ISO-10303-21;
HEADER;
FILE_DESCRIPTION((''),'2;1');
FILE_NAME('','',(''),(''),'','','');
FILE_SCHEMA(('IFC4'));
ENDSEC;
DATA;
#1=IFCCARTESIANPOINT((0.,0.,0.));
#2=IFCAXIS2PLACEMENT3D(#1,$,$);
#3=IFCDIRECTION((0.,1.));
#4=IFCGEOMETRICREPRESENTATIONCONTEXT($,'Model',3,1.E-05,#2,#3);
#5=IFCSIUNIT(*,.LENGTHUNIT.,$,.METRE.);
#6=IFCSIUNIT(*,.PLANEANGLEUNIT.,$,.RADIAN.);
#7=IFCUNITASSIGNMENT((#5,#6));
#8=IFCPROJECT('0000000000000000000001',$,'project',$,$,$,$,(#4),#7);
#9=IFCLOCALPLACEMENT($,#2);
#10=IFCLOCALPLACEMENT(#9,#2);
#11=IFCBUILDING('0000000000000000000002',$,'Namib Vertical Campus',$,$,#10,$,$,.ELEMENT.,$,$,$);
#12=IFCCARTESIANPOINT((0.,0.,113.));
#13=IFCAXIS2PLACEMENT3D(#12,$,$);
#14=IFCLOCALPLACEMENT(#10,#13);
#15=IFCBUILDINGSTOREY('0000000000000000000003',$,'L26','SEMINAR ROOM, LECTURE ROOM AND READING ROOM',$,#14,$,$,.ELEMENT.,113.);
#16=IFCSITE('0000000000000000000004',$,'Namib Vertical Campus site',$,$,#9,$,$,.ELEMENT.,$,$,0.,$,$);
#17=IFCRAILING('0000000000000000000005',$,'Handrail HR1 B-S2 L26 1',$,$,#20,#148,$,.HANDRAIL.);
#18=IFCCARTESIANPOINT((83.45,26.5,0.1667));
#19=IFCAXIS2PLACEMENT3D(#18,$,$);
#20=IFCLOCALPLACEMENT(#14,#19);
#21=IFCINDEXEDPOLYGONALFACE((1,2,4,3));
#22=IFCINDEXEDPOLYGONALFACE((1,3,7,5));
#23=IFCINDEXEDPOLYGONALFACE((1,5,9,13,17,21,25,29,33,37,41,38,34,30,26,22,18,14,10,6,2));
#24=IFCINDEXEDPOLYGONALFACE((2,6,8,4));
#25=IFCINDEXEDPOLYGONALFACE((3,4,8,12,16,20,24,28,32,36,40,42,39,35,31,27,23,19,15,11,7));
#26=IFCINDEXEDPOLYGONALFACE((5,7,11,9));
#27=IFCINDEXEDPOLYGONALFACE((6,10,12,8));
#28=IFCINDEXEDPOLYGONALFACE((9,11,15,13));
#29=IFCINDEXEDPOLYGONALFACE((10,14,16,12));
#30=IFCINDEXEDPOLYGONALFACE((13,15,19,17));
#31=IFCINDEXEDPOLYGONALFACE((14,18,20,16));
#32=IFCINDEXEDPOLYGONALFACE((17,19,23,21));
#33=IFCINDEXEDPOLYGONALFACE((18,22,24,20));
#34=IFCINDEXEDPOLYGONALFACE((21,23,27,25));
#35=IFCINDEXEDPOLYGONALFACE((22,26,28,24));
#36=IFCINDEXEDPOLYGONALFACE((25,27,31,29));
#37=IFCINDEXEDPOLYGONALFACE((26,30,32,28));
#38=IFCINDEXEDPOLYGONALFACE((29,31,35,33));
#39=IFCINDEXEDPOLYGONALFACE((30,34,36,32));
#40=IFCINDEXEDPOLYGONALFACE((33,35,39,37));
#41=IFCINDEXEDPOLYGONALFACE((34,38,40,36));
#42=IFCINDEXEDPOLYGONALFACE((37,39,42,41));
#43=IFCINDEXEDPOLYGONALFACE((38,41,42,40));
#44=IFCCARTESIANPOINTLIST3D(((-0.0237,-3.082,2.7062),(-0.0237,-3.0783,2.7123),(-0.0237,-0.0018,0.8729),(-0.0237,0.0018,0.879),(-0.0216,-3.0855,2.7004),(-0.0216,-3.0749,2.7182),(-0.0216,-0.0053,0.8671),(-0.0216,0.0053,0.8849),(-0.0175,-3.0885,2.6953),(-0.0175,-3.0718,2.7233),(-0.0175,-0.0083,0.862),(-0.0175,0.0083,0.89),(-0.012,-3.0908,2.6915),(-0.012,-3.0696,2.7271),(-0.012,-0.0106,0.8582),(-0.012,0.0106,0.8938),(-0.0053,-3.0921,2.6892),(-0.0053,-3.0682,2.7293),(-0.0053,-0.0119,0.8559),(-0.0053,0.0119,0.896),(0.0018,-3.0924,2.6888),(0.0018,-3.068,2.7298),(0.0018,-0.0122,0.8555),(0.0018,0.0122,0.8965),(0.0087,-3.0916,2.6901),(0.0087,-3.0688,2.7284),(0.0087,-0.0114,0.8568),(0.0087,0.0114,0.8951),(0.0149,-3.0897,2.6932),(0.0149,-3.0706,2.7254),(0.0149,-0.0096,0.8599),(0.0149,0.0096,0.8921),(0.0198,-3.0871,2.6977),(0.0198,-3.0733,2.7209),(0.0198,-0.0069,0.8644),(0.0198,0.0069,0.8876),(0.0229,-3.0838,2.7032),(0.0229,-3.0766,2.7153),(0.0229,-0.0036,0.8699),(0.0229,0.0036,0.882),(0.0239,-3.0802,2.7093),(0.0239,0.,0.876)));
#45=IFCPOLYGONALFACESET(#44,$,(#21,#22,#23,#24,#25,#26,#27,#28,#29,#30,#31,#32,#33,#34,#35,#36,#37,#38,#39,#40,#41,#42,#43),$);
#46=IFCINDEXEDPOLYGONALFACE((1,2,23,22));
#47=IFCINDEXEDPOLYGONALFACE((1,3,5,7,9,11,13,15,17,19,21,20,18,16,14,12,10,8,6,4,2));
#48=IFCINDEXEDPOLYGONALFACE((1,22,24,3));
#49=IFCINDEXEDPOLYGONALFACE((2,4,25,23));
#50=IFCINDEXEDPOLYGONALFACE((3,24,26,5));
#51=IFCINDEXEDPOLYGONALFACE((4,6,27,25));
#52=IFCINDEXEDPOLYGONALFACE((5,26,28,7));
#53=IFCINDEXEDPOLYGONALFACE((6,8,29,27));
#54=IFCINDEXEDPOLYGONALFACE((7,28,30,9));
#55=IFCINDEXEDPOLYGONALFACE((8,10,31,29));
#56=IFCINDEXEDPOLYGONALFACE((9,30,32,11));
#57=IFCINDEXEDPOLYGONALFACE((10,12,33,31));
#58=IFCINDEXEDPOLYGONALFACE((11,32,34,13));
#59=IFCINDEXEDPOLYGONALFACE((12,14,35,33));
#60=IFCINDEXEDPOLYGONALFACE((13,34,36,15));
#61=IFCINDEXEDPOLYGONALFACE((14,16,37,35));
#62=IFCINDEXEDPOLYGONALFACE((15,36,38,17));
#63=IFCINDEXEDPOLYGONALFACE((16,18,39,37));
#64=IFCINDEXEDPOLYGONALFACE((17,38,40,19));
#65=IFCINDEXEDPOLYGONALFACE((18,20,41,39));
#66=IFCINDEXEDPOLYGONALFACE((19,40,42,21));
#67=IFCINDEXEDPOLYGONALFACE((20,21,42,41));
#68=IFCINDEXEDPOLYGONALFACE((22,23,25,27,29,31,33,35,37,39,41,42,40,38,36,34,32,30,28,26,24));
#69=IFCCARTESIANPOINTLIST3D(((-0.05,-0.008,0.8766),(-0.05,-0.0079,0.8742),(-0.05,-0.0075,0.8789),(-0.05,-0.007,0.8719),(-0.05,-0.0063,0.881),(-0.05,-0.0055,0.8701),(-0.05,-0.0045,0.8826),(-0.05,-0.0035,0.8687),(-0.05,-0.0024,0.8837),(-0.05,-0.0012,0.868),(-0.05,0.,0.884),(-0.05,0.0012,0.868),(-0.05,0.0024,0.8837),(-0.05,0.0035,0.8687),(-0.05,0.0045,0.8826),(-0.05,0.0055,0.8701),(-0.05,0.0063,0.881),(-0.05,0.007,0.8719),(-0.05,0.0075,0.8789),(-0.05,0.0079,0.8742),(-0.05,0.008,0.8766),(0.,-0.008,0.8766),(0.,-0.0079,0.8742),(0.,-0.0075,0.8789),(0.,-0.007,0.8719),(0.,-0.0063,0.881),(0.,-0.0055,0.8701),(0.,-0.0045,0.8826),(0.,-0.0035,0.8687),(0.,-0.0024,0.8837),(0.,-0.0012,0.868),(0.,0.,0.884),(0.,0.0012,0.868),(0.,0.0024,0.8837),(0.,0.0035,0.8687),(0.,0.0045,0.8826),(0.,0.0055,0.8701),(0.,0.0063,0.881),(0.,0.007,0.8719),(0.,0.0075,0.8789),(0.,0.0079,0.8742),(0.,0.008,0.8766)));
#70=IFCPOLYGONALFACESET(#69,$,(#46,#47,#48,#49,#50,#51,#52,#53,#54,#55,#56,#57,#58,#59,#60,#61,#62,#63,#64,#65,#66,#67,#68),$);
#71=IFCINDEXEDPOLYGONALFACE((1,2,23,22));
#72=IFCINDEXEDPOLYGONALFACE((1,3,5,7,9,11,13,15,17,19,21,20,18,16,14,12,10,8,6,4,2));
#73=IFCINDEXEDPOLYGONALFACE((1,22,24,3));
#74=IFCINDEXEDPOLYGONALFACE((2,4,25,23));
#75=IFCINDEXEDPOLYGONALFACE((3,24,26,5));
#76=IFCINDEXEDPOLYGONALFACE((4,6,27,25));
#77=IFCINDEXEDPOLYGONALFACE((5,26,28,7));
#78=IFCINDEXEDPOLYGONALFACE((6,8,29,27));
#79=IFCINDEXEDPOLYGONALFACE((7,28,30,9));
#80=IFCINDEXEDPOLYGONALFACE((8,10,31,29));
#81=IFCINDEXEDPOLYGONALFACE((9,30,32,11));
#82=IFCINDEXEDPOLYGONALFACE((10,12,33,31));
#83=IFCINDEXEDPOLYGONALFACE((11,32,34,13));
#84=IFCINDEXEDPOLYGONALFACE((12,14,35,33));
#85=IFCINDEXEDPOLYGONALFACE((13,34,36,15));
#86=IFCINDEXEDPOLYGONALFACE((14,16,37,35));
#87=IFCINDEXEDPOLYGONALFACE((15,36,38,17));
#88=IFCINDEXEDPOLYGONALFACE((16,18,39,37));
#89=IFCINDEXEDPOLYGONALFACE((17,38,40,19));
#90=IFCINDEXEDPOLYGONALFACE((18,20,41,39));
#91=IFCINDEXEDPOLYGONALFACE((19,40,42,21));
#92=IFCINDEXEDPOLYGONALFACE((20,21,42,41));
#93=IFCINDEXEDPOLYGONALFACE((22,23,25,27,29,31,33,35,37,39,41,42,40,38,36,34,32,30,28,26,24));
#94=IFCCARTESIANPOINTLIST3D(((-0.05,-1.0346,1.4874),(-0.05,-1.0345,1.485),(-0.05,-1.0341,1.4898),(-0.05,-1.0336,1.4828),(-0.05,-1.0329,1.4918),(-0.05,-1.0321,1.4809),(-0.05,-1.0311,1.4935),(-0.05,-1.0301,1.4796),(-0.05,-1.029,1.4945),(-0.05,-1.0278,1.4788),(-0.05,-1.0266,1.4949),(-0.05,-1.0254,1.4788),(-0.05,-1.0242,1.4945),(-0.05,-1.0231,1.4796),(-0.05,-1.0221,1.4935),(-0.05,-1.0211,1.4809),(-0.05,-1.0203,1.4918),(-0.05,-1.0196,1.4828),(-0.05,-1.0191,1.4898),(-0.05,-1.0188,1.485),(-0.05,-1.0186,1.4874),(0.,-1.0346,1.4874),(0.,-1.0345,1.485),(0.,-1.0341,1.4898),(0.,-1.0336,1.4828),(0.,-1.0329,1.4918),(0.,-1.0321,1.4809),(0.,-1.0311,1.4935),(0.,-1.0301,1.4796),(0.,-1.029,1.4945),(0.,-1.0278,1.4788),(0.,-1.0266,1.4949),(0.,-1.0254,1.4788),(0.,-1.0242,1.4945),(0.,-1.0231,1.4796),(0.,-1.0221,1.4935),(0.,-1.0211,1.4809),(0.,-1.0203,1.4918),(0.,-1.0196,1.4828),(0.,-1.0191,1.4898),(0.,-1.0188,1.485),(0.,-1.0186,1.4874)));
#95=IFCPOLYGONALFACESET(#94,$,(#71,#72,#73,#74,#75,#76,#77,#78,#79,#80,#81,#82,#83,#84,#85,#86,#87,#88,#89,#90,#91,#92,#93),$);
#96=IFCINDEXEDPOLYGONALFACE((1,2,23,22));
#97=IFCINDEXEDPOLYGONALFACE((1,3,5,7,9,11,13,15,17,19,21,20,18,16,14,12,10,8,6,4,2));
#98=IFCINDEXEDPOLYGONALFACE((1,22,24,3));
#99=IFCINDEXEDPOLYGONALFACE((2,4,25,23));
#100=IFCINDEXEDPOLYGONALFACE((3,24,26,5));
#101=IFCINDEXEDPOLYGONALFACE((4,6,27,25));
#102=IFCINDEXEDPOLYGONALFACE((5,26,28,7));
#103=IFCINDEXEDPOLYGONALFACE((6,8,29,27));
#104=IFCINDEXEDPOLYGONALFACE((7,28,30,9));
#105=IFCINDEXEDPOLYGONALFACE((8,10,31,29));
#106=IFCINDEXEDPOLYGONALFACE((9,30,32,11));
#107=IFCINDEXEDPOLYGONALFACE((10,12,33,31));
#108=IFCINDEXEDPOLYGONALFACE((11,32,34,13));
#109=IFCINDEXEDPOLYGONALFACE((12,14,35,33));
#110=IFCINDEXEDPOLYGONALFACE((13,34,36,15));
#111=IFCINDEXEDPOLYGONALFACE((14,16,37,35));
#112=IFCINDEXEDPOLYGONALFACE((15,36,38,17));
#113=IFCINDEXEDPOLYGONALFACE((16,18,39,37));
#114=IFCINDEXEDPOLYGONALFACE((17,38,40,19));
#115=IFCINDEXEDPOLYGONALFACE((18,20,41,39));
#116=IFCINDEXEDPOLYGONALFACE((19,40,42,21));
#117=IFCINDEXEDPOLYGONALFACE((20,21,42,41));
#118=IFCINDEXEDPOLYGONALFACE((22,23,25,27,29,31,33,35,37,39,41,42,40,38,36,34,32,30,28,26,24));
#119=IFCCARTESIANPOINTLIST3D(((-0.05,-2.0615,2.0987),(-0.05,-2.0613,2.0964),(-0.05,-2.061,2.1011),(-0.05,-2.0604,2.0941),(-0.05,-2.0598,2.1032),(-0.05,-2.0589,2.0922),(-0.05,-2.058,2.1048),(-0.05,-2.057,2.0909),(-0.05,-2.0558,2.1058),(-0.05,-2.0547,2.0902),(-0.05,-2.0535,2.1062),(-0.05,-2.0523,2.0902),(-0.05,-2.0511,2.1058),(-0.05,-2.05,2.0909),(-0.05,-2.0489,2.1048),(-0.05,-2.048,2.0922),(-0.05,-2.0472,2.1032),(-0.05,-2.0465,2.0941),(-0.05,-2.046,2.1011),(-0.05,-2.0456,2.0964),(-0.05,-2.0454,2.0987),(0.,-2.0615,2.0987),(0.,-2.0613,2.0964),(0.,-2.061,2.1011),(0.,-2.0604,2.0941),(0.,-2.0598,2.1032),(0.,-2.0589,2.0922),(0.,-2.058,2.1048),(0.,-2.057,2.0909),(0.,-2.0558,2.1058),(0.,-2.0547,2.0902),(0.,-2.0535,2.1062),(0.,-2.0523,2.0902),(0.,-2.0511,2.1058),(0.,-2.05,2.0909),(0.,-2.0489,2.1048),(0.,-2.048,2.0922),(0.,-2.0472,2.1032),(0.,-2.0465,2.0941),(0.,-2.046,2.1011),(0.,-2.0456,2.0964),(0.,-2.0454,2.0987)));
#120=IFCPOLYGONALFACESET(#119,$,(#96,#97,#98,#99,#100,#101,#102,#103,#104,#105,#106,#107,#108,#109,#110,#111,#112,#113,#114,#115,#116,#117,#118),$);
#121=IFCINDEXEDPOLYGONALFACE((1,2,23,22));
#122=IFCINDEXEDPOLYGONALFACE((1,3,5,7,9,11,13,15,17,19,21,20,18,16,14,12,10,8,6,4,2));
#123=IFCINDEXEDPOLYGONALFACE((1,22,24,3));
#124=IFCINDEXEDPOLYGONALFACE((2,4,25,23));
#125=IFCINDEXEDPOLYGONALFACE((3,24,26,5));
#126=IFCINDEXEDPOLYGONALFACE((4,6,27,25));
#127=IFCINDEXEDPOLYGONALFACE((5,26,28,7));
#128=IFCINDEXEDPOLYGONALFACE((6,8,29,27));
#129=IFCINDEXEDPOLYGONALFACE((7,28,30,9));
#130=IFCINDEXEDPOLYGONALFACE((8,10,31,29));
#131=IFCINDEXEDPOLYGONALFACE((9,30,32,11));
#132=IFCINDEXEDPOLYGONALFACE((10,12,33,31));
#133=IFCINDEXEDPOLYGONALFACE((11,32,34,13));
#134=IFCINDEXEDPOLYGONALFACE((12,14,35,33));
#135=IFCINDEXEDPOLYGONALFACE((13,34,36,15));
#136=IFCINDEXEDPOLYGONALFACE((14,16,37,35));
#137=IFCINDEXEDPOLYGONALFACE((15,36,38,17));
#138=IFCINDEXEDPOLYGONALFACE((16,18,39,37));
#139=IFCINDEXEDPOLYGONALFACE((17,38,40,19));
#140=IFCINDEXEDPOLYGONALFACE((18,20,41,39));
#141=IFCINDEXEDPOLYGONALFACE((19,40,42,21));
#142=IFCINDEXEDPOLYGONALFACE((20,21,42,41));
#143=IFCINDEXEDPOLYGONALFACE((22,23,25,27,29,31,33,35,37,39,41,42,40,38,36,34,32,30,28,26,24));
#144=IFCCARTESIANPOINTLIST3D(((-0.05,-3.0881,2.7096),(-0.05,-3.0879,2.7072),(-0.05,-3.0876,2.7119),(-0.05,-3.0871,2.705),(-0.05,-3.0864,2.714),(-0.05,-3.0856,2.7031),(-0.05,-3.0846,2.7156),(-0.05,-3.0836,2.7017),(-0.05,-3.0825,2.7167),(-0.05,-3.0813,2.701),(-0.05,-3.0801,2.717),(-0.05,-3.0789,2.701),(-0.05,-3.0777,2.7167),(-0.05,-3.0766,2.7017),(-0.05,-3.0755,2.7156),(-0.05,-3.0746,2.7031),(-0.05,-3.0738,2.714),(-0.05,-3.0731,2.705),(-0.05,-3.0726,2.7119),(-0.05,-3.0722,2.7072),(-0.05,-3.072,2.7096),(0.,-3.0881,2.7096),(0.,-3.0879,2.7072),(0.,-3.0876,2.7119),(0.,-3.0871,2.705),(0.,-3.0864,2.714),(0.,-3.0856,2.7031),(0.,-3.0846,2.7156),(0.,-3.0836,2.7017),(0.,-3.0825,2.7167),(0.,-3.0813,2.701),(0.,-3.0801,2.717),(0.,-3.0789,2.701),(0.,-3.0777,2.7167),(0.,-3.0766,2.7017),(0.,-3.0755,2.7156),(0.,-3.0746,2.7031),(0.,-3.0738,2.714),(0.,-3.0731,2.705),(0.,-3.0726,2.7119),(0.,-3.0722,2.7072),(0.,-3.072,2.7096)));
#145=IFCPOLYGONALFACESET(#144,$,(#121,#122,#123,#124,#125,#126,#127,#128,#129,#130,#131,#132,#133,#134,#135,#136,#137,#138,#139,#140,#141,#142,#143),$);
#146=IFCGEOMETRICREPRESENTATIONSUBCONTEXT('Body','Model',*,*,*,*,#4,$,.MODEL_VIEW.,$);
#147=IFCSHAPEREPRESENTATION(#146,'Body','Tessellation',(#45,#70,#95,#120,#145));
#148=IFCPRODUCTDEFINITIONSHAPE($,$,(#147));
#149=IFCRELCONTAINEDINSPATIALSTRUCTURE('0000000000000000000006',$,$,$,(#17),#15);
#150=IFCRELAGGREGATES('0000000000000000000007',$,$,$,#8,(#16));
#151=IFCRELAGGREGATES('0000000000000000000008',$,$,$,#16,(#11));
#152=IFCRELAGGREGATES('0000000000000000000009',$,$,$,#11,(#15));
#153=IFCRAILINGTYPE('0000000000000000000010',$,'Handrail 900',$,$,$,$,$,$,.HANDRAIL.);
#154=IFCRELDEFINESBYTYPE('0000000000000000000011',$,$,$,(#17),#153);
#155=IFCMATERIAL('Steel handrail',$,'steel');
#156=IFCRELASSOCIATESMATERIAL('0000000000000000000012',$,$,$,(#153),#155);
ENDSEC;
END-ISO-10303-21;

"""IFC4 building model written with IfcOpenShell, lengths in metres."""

from ifc_helpers import new_model, si_unit, direction, frame, origin, origin_2d, place, context, subcontext, project, spatial, circle, extrude, material, type_object, element, save


model = new_model("IFC4")

# Units and contexts
model_context = context("Model", 3, precision=1e-05, world=origin(), true_north=direction((0.0, 1.0)))
body_context = subcontext(model_context, "Body", "Model", "MODEL_VIEW")
ifc_project = project(units=[si_unit("LENGTHUNIT", "METRE"), si_unit("PLANEANGLEUNIT", "RADIAN")], contexts=[model_context])

# Site, building, storey
site_placement = place(None, origin())
site = spatial("IfcSite", under=ifc_project, at=site_placement, Name="Namib Vertical Campus site", CompositionType="ELEMENT", RefElevation=0.0)
building_placement = place(site_placement, origin())
building = spatial("IfcBuilding", under=site, at=building_placement, Name="Namib Vertical Campus", CompositionType="ELEMENT")
storey_placement = place(building_placement, frame((0.0, 0.0, 113.0)))
storey = spatial("IfcBuildingStorey", under=building, at=storey_placement, Name="L26", Description="SEMINAR ROOM, LECTURE ROOM AND READING ROOM", CompositionType="ELEMENT", Elevation=113.0)

# Railing
ifc_material_1 = material(Name="Steel handrail", Category="steel")
railing_type_1 = type_object("IfcRailingType", Name="Handrail 900", PredefinedType="HANDRAIL", material=ifc_material_1)
railing_1_placement = place(storey_placement, frame((83.45, 26.5, 0.1667)))
element("IfcRailing", 1, at=railing_1_placement, inside=storey, type_object=railing_type_1, Name="Handrail HR1 B-S2 L26 1", PredefinedType="HANDRAIL", context=body_context, shape_type="SweptSolid", body=[
    extrude(circle(Radius=0.0239, at=origin_2d()), frame((0.0, 0.0, 0.876), z_axis=(0.0, -0.859309, 0.511458), x_axis=(1.0, 0.0, 0.0)), (0.0, 0.0, 1.0), 3.5845),
    extrude(circle(Radius=0.0081, at=origin_2d()), frame((0.0, 0.0, 0.876), z_axis=(-1.0, 0.0, 0.0), x_axis=(0.0, 0.0, 1.0)), (0.0, 0.0, 1.0), 0.05),
    extrude(circle(Radius=0.0081, at=origin_2d()), frame((0.0, -1.0266, 1.4868), z_axis=(-1.0, 0.0, 0.0), x_axis=(0.0, 0.0, 1.0)), (0.0, 0.0, 1.0), 0.05),
    extrude(circle(Radius=0.0081, at=origin_2d()), frame((0.0, -2.0535, 2.0981), z_axis=(-1.0, 0.0, 0.0), x_axis=(0.0, 0.0, 1.0)), (0.0, 0.0, 1.0), 0.05),
    extrude(circle(Radius=0.0081, at=origin_2d()), frame((0.0, -3.0801, 2.709), z_axis=(-1.0, 0.0, 0.0), x_axis=(0.0, 0.0, 1.0)), (0.0, 0.0, 1.0), 0.05),
])

save(model, "model.ifc")
